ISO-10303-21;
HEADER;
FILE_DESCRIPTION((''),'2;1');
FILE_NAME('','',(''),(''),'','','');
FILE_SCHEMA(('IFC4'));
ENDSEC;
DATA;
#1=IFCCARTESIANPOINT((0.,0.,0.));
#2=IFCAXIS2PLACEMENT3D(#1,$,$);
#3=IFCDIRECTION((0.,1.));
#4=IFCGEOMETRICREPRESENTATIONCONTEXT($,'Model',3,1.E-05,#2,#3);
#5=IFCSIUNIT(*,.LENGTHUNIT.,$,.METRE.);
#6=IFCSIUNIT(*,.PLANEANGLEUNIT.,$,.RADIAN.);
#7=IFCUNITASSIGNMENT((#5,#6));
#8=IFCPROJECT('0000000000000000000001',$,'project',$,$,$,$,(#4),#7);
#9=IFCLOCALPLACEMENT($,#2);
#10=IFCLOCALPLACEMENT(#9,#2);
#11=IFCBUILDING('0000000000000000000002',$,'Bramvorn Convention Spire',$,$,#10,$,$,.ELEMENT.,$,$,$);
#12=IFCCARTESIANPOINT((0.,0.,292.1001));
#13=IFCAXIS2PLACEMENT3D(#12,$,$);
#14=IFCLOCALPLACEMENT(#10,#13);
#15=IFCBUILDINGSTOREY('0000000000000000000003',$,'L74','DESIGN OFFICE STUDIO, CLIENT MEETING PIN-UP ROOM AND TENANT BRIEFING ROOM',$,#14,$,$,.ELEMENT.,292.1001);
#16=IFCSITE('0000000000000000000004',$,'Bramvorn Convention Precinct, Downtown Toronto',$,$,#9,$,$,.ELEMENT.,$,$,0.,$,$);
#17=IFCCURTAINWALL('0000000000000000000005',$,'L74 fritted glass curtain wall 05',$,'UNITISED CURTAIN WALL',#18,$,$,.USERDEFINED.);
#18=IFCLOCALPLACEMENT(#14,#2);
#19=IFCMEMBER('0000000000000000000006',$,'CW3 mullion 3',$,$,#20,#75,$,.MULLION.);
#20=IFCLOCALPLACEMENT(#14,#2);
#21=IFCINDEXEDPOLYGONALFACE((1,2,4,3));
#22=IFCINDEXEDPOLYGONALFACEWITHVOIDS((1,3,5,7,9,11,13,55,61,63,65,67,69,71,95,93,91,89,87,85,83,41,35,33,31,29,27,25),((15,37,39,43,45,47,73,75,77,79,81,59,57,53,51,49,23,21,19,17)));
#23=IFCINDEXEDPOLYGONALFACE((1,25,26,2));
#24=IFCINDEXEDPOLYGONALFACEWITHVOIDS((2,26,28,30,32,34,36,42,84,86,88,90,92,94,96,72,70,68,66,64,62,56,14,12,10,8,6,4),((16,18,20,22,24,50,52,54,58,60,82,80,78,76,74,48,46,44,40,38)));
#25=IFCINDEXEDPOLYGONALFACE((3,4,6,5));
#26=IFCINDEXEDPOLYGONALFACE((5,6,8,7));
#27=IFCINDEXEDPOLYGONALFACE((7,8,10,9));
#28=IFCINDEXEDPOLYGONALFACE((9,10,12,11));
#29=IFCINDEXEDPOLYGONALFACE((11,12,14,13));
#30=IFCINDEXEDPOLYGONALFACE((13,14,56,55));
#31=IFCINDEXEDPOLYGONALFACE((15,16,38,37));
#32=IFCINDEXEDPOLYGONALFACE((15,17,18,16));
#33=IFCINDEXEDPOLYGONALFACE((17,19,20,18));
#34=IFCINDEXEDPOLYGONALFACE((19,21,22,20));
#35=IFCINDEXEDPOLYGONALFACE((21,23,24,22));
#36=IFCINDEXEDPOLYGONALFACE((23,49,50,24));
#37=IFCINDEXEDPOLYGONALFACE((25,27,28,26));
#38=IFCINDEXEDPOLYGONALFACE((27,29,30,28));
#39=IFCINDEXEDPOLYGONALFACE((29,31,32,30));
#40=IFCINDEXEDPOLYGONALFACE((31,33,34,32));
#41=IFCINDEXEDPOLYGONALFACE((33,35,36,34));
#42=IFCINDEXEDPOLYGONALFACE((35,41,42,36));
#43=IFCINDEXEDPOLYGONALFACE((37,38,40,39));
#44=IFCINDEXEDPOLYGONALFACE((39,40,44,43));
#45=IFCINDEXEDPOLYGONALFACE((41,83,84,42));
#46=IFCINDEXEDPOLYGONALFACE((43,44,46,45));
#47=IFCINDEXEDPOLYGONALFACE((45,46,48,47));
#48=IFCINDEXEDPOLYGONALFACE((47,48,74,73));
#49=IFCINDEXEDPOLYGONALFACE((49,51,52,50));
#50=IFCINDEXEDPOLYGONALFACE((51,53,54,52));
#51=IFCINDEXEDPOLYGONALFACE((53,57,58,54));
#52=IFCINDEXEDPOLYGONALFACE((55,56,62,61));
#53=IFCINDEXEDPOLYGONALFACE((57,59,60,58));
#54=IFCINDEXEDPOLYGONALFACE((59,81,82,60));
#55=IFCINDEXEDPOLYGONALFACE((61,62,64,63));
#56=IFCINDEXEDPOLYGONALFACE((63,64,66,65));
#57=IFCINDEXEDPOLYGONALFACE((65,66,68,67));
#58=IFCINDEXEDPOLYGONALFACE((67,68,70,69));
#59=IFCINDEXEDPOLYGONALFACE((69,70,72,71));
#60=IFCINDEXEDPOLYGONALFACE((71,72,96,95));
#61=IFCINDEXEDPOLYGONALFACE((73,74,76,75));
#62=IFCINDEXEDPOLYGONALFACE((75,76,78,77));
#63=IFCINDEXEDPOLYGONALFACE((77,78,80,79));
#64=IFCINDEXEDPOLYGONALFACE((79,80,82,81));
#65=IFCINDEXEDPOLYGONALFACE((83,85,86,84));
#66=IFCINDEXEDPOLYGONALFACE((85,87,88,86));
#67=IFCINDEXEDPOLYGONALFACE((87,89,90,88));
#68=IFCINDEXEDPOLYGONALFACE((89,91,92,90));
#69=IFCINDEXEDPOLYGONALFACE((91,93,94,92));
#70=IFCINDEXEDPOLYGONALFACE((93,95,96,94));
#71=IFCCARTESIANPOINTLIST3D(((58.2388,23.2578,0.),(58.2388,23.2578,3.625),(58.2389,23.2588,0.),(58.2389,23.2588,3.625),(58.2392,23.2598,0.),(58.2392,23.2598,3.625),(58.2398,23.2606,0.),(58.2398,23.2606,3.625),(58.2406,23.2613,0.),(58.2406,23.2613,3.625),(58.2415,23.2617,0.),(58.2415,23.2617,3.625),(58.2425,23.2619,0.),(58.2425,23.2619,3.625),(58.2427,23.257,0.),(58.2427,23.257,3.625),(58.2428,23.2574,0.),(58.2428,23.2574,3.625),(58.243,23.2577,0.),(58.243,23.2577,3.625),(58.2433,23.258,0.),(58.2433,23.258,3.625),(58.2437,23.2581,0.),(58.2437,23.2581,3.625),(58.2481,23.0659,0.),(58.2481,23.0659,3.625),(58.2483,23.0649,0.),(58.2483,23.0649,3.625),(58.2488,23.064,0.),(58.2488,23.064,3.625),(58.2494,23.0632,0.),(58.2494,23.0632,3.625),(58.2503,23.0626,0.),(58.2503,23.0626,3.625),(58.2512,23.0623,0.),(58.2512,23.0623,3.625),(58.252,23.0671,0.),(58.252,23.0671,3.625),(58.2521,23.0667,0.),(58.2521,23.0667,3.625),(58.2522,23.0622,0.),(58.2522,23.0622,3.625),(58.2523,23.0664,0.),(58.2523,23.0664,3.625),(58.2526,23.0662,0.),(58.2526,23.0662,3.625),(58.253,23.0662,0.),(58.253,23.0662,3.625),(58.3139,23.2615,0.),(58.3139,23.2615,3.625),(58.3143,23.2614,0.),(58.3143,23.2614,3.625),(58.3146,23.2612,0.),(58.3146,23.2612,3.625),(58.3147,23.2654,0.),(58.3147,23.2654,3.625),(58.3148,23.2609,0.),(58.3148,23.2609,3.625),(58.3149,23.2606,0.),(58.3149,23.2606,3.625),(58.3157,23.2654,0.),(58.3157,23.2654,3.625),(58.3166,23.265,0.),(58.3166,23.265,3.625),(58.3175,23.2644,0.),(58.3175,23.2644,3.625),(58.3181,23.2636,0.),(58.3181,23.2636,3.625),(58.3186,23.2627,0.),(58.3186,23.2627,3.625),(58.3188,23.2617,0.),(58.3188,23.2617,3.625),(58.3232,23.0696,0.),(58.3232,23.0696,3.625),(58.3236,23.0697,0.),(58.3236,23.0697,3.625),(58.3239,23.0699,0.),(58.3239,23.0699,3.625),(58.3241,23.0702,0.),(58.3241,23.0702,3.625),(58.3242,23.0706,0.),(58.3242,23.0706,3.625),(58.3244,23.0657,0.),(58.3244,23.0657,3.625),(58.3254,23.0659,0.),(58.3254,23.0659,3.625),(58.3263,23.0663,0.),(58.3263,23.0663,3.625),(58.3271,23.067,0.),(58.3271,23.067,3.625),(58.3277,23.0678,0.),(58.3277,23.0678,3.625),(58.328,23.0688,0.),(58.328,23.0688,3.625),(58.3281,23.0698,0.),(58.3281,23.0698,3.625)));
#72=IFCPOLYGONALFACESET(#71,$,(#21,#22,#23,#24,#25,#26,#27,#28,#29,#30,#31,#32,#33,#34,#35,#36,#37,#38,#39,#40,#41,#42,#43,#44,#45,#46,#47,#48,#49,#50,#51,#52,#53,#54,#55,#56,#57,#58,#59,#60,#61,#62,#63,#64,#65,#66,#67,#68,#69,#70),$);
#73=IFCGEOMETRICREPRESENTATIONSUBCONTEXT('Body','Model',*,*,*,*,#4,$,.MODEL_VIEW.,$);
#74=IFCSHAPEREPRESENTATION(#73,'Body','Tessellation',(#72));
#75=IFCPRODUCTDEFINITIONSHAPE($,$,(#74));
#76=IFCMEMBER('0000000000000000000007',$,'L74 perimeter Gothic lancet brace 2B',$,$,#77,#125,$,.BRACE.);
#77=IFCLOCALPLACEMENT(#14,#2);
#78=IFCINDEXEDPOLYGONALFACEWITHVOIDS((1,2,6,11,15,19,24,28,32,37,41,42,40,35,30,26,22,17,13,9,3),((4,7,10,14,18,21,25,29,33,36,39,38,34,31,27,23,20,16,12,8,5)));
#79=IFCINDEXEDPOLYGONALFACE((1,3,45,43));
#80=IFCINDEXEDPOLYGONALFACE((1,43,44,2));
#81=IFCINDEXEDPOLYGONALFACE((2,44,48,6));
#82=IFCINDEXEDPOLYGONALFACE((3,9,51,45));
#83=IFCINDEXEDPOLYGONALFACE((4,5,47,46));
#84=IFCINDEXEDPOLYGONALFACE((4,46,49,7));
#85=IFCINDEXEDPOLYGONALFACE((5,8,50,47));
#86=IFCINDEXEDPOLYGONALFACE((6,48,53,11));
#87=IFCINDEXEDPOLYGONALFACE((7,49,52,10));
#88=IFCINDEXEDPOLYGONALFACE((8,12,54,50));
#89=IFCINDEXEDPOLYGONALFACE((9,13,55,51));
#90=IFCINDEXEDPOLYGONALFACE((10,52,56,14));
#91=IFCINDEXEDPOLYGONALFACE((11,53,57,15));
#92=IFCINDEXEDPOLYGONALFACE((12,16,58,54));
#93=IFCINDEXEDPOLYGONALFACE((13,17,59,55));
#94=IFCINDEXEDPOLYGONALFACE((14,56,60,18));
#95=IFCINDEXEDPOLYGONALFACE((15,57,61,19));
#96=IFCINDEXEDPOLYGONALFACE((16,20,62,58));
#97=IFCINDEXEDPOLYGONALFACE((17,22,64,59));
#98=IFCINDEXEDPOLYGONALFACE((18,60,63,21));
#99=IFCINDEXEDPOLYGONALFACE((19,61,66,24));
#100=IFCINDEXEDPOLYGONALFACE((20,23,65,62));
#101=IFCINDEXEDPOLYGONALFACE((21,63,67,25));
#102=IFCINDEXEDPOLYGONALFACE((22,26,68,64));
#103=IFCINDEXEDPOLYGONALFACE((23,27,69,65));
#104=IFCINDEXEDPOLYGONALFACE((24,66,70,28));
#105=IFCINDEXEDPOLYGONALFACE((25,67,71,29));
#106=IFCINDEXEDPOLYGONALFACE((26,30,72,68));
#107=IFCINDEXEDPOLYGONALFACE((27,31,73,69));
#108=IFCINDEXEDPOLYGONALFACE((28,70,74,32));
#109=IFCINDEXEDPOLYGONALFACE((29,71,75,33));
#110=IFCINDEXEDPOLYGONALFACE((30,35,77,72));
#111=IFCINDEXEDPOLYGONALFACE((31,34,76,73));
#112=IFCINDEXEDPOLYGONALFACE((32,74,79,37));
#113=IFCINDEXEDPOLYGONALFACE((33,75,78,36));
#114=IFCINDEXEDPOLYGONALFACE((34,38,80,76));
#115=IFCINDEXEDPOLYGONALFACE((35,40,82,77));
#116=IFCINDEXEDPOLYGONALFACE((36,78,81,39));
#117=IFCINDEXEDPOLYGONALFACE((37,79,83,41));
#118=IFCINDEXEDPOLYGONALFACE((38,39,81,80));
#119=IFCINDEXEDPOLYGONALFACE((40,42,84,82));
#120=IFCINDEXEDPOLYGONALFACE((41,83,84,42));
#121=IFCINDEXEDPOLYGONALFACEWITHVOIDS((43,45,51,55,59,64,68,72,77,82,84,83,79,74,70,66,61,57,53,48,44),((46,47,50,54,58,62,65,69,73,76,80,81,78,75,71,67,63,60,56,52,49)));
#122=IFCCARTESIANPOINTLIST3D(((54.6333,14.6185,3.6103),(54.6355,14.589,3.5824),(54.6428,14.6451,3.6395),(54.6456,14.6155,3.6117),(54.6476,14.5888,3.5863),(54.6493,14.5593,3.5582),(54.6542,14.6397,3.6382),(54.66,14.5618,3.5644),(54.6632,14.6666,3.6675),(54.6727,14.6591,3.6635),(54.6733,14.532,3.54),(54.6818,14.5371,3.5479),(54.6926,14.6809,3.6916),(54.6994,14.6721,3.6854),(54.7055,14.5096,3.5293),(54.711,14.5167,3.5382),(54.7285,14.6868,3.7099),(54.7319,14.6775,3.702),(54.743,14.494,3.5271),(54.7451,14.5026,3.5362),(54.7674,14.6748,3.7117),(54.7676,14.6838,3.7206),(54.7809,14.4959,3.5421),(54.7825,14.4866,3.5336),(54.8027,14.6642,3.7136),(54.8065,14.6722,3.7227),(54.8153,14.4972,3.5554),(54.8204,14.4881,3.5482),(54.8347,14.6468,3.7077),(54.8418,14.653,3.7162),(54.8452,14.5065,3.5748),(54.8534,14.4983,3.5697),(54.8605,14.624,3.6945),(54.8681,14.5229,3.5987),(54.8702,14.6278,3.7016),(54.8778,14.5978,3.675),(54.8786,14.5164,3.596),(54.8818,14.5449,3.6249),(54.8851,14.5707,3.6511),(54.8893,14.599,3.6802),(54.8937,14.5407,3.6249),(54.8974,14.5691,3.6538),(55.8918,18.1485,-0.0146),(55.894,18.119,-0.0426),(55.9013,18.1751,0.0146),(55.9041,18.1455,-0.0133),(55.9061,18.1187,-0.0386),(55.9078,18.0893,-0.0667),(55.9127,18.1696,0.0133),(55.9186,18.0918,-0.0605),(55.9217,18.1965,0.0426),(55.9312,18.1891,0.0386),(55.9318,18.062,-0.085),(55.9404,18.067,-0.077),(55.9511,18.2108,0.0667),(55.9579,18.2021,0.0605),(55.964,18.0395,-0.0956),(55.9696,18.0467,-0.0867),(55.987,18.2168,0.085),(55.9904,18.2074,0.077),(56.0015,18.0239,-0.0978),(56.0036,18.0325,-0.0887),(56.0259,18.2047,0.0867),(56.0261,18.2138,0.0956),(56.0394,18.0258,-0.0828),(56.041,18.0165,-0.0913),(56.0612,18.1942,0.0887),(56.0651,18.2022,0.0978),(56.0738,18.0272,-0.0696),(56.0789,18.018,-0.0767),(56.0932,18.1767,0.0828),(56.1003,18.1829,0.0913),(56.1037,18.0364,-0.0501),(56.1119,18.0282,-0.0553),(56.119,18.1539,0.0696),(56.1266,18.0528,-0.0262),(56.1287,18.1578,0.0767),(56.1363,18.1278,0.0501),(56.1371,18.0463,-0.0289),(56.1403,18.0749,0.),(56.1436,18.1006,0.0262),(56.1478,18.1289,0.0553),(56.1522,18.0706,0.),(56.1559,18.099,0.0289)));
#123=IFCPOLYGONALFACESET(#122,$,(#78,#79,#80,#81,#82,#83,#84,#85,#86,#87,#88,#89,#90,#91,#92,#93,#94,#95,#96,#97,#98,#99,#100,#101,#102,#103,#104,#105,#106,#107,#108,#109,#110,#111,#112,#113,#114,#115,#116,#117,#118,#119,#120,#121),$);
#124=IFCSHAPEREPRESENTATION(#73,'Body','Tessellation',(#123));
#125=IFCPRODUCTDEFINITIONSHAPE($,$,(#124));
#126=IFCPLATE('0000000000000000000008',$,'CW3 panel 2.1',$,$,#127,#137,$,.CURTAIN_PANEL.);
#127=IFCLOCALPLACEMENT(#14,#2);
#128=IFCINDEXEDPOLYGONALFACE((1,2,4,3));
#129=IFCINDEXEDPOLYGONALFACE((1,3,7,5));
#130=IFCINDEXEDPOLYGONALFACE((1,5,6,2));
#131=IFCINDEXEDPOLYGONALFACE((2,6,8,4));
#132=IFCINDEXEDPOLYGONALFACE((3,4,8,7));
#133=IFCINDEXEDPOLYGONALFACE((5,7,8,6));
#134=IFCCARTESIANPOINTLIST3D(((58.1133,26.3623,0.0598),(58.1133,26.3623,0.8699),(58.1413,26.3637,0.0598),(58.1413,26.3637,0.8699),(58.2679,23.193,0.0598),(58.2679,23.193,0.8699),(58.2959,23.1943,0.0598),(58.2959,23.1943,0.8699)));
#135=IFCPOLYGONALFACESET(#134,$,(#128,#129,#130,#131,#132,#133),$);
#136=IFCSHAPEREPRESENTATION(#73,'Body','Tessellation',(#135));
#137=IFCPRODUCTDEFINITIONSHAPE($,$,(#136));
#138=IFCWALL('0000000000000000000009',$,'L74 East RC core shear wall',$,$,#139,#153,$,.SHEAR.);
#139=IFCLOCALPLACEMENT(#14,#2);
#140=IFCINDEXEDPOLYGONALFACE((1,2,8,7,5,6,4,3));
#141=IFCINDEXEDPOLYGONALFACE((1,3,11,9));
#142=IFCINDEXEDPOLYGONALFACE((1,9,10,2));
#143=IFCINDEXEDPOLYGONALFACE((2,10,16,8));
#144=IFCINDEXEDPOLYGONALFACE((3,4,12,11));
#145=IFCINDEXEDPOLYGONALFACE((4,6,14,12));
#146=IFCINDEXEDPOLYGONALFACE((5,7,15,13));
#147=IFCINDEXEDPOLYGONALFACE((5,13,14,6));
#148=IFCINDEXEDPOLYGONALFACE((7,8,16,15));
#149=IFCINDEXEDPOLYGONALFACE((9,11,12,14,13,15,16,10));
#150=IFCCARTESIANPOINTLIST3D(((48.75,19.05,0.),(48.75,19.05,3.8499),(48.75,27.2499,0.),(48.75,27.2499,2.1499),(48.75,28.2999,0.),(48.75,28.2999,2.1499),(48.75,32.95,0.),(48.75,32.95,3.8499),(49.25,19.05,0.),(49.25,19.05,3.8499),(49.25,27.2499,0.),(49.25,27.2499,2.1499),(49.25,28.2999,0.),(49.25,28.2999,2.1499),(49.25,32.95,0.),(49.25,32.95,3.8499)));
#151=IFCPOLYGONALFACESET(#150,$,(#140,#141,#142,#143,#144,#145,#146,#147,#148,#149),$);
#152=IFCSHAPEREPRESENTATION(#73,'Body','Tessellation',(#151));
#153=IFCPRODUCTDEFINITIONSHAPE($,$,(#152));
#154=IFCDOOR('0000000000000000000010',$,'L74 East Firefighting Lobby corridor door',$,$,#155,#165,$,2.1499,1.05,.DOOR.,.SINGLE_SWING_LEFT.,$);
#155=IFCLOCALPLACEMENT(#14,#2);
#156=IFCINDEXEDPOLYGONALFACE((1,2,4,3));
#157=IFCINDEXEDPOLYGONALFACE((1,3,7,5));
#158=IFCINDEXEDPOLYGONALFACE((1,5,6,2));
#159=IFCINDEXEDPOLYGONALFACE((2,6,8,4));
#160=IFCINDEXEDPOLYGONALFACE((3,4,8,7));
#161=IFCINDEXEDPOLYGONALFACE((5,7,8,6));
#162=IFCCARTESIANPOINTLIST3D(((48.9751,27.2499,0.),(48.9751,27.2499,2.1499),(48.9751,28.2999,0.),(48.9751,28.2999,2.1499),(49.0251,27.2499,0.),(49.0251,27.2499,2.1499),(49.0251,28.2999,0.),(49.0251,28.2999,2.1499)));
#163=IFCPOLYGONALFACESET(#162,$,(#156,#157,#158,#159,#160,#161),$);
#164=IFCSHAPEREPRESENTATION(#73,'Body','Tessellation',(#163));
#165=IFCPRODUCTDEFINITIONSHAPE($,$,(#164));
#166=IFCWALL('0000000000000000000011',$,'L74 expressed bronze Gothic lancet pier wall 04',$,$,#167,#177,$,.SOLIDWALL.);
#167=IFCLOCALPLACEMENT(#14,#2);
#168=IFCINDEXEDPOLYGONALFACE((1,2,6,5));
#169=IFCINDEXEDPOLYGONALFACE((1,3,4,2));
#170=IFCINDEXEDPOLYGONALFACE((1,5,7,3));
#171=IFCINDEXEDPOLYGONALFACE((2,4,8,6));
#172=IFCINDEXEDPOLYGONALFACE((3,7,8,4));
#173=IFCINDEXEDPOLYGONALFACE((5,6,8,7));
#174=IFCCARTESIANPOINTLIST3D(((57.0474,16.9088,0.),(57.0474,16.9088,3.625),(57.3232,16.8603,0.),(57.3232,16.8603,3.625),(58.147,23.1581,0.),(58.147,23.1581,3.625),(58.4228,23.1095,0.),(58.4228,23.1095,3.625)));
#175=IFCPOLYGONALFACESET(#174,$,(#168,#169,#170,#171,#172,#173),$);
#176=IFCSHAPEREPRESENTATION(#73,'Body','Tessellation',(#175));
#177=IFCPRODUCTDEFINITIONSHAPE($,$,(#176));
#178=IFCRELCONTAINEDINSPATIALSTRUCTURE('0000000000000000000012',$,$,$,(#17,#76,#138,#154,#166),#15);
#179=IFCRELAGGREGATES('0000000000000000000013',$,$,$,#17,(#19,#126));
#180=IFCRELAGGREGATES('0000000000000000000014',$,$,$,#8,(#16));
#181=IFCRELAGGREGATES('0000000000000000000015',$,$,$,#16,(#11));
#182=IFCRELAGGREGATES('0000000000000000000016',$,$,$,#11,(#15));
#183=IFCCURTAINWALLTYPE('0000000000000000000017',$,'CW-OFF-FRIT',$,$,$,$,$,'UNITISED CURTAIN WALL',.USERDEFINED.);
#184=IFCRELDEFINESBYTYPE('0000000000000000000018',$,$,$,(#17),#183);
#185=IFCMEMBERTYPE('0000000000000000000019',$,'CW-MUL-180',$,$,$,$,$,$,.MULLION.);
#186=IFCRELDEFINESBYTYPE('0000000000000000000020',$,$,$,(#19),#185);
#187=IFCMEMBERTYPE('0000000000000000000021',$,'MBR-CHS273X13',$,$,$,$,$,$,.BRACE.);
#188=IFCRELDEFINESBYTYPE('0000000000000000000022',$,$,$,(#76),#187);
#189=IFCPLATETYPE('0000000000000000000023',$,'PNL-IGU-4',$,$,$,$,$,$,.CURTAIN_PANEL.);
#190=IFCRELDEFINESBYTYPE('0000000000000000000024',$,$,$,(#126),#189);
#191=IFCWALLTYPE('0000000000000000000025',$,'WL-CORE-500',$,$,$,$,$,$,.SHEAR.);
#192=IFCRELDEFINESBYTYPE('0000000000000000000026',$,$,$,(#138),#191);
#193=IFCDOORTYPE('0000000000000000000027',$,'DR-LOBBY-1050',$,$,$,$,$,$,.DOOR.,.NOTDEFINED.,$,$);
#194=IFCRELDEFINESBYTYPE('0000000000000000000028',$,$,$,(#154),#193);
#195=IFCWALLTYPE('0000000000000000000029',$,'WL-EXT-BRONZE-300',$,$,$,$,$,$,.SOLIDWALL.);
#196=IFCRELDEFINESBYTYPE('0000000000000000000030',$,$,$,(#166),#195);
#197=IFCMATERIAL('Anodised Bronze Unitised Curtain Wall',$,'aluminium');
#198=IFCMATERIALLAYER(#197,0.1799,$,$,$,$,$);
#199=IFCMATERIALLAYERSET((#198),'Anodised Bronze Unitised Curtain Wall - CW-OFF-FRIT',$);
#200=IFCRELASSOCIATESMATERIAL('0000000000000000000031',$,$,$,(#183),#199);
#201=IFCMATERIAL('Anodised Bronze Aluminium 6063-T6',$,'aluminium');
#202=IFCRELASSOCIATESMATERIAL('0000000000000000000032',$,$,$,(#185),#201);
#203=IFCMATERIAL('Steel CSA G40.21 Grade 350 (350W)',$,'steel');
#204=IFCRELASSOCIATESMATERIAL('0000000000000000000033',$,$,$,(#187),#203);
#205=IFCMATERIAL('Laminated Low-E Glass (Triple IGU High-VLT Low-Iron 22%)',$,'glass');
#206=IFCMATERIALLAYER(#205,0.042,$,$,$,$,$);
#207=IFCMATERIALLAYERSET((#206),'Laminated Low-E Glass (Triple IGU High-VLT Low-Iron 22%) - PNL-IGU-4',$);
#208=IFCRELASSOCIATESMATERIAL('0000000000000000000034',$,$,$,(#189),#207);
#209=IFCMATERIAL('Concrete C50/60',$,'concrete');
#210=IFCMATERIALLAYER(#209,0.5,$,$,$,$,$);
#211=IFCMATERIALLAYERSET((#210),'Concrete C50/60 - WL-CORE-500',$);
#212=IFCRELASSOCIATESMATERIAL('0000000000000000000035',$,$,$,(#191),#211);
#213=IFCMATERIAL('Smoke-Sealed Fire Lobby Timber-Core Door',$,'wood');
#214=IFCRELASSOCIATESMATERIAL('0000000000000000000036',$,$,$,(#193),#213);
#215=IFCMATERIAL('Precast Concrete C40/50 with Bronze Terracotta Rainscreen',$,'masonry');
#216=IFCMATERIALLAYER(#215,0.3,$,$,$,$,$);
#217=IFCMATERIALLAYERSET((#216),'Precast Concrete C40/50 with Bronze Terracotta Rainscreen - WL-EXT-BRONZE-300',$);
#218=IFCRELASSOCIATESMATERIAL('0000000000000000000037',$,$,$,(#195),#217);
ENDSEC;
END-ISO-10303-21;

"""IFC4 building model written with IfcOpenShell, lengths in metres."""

from ifc_helpers import new_model, si_unit, direction, frame, frame_2d, origin, origin_2d, place, context, subcontext, project, spatial, rectangle, hollow_rectangle, hollow_circle, extrude, material, layer, layer_set, material_profile, profile_set, type_object, element, fill, aggregate, save


model = new_model("IFC4")

# Units and contexts
model_context = context("Model", 3, precision=1e-05, world=origin(), true_north=direction((0.0, 1.0)))
body_context = subcontext(model_context, "Body", "Model", "MODEL_VIEW")
ifc_project = project(units=[si_unit("LENGTHUNIT", "METRE"), si_unit("PLANEANGLEUNIT", "RADIAN")], contexts=[model_context])

# Site, building, storey
site_placement = place(None, origin())
site = spatial("IfcSite", under=ifc_project, at=site_placement, Name="Bramvorn Convention Precinct, Downtown Toronto", CompositionType="ELEMENT", RefElevation=0.0)
building_placement = place(site_placement, origin())
building = spatial("IfcBuilding", under=site, at=building_placement, Name="Bramvorn Convention Spire", CompositionType="ELEMENT")
storey_placement = place(building_placement, frame((0.0, 0.0, 292.1001)))
storey = spatial("IfcBuildingStorey", under=building, at=storey_placement, Name="L74", Description="DESIGN OFFICE STUDIO, CLIENT MEETING PIN-UP ROOM AND TENANT BRIEFING ROOM", CompositionType="ELEMENT", Elevation=292.1001)

# Shared definitions
ifc_material_1 = material(Name="Steel CSA G40.21 Grade 350 (350W)", Category="steel")

# Curtain wall, member
ifc_material_2 = material(Name="Anodised Bronze Unitised Curtain Wall", Category="aluminium")
ifc_layer_1 = layer(ifc_material_2, 0.1799)
ifc_layer_set_1 = layer_set([ifc_layer_1], Name="Anodised Bronze Unitised Curtain Wall - CW-OFF-FRIT")
curtain_wall_type = type_object("IfcCurtainWallType", Name="CW-OFF-FRIT", ElementType="UNITISED CURTAIN WALL", PredefinedType="USERDEFINED", material=ifc_layer_set_1)
curtain_wall_placement = place(storey_placement, origin())
curtain_wall = element("IfcCurtainWall", 1, at=curtain_wall_placement, inside=storey, type_object=curtain_wall_type, Name="L74 fritted glass curtain wall 05", ObjectType="UNITISED CURTAIN WALL", PredefinedType="USERDEFINED")
ifc_material_3 = material(Name="Anodised Bronze Aluminium 6063-T6", Category="aluminium")
ifc_material_profile_1 = material_profile(ifc_material_3, hollow_rectangle(XDim=0.0801, YDim=0.2, WallThickness=0.0039, InnerFilletRadius=0.001, OuterFilletRadius=0.0039, at=origin_2d()))
ifc_profile_set_1 = profile_set([ifc_material_profile_1], Name="Anodised Bronze Aluminium 6063-T6 - CWM80X200")
member_type_1 = type_object("IfcMemberType", Name="CW-MUL-180", PredefinedType="MULLION", material=ifc_profile_set_1)
member_1_placement = place(storey_placement, frame((58.2834, 23.1638, 0.0), z_axis=(0.0, 0.0, 1.0), x_axis=(0.998812, 0.048726, 0.0)))
member_1 = element("IfcMember", 2, at=member_1_placement, type_object=member_type_1, Name="CW3 mullion 3", PredefinedType="MULLION", context=body_context, shape_type="SweptSolid", body=[
    extrude(hollow_rectangle(XDim=0.0801, YDim=0.2, WallThickness=0.0039, InnerFilletRadius=0.001, OuterFilletRadius=0.0039, at=origin_2d()), origin(), (0.0, 0.0, 1.0), 3.625),
])

# Member
ifc_material_profile_2 = material_profile(ifc_material_1, hollow_circle(Radius=0.1365, WallThickness=0.0127, at=origin_2d()))
ifc_profile_set_2 = profile_set([ifc_material_profile_2], Name="Steel CSA G40.21 Grade 350 (350W) - CHS273X13")
member_type_2 = type_object("IfcMemberType", Name="MBR-CHS273X13", PredefinedType="BRACE", material=ifc_profile_set_2)
member_2_placement = place(storey_placement, frame((56.0237, 18.1165, 0.0), z_axis=(-0.241379, -0.677031, 0.695245), x_axis=(0.941926, -0.33582, 0.0)))
element("IfcMember", 3, at=member_2_placement, inside=storey, type_object=member_type_2, Name="L74 perimeter Gothic lancet brace 2B", PredefinedType="BRACE", context=body_context, shape_type="SweptSolid", body=[
    extrude(hollow_circle(Radius=0.1365, WallThickness=0.0127, at=origin_2d()), origin(), (0.0, 0.0, 1.0), 5.2139),
])

# Plate
ifc_material_4 = material(Name="Laminated Low-E Glass (Triple IGU High-VLT Low-Iron 22%)", Category="glass")
ifc_layer_2 = layer(ifc_material_4, 0.042)
ifc_layer_set_2 = layer_set([ifc_layer_2], Name="Laminated Low-E Glass (Triple IGU High-VLT Low-Iron 22%) - PNL-IGU-4")
plate_type = type_object("IfcPlateType", Name="PNL-IGU-4", PredefinedType="CURTAIN_PANEL", material=ifc_layer_set_2)
plate_placement = place(storey_placement, frame((58.2046, 24.7783, 0.0598), z_axis=(0.0, 0.0, 1.0), x_axis=(0.048726, -0.998812, 0.0)))
plate = element("IfcPlate", 4, at=plate_placement, type_object=plate_type, Name="CW3 panel 2.1", PredefinedType="CURTAIN_PANEL", context=body_context, shape_type="SweptSolid", body=[
    extrude(rectangle(XDim=3.1731, YDim=0.0281, at=origin_2d()), origin(), (0.0, 0.0, 1.0), 0.8101),
])
aggregate(curtain_wall, [member_1, plate])

# Wall, opening, door
ifc_material_5 = material(Name="Concrete C50/60", Category="concrete")
ifc_layer_3 = layer(ifc_material_5, 0.5)
ifc_layer_set_3 = layer_set([ifc_layer_3], Name="Concrete C50/60 - WL-CORE-500")
wall_type_1 = type_object("IfcWallType", Name="WL-CORE-500", PredefinedType="SHEAR", material=ifc_layer_set_3)
wall_1_placement = place(storey_placement, frame((49.0, 19.05, 0.0), z_axis=(0.0, 0.0, 1.0), x_axis=(0.0, 1.0, 0.0)))
wall_1 = element("IfcWall", 5, at=wall_1_placement, inside=storey, type_object=wall_type_1, Name="L74 East RC core shear wall", PredefinedType="SHEAR", context=body_context, shape_type="SweptSolid", body=[
    extrude(rectangle(XDim=13.8999, YDim=0.5, at=frame_2d((6.95, 0.0))), origin(), (0.0, 0.0, 1.0), 3.8499),
])
opening_placement = place(wall_1_placement, frame((8.2, 0.0, 0.0)))
opening = element("IfcOpeningElement", 6, at=opening_placement, cuts=wall_1, PredefinedType="OPENING", context=body_context, shape_type="SweptSolid", body=[
    extrude(rectangle(XDim=1.05, YDim=2.1499, at=frame_2d((0.5249, 1.075))), frame((0.0, 0.26, 0.0), z_axis=(0.0, -1.0, 0.0), x_axis=(1.0, 0.0, 0.0)), (0.0, 0.0, 1.0), 0.52),
])
ifc_material_6 = material(Name="Smoke-Sealed Fire Lobby Timber-Core Door", Category="wood")
door_type = type_object("IfcDoorType", Name="DR-LOBBY-1050", OperationType="NOTDEFINED", PredefinedType="DOOR", material=ifc_material_6)
door_placement = place(opening_placement, origin())
door = element("IfcDoor", 7, at=door_placement, inside=storey, type_object=door_type, Name="L74 East Firefighting Lobby corridor door", OperationType="SINGLE_SWING_LEFT", OverallHeight=2.1499, OverallWidth=1.05, PredefinedType="DOOR", context=body_context, shape_type="SweptSolid", body=[
    extrude(rectangle(XDim=1.05, YDim=2.1499, at=frame_2d((0.5249, 1.075))), frame((0.0, 0.0249, 0.0), z_axis=(0.0, -1.0, 0.0), x_axis=(1.0, 0.0, 0.0)), (0.0, 0.0, 1.0), 0.05),
])
fill(opening, door)

# Wall
ifc_material_7 = material(Name="Precast Concrete C40/50 with Bronze Terracotta Rainscreen", Category="masonry")
ifc_layer_4 = layer(ifc_material_7, 0.3)
ifc_layer_set_4 = layer_set([ifc_layer_4], Name="Precast Concrete C40/50 with Bronze Terracotta Rainscreen - WL-EXT-BRONZE-300")
wall_type_2 = type_object("IfcWallType", Name="WL-EXT-BRONZE-300", PredefinedType="SOLIDWALL", material=ifc_layer_set_4)
wall_2_placement = place(storey_placement, frame((58.2849, 23.1338, 0.0), z_axis=(0.0, 0.0, 1.0), x_axis=(-0.173296, -0.98487, 0.0)))
element("IfcWall", 8, at=wall_2_placement, inside=storey, type_object=wall_type_2, Name="L74 expressed bronze Gothic lancet pier wall 04", PredefinedType="SOLIDWALL", context=body_context, shape_type="SweptSolid", body=[
    extrude(rectangle(XDim=6.3452, YDim=0.28, at=frame_2d((3.1726, 0.0))), origin(), (0.0, 0.0, 1.0), 3.625),
])

save(model, "model.ifc")
